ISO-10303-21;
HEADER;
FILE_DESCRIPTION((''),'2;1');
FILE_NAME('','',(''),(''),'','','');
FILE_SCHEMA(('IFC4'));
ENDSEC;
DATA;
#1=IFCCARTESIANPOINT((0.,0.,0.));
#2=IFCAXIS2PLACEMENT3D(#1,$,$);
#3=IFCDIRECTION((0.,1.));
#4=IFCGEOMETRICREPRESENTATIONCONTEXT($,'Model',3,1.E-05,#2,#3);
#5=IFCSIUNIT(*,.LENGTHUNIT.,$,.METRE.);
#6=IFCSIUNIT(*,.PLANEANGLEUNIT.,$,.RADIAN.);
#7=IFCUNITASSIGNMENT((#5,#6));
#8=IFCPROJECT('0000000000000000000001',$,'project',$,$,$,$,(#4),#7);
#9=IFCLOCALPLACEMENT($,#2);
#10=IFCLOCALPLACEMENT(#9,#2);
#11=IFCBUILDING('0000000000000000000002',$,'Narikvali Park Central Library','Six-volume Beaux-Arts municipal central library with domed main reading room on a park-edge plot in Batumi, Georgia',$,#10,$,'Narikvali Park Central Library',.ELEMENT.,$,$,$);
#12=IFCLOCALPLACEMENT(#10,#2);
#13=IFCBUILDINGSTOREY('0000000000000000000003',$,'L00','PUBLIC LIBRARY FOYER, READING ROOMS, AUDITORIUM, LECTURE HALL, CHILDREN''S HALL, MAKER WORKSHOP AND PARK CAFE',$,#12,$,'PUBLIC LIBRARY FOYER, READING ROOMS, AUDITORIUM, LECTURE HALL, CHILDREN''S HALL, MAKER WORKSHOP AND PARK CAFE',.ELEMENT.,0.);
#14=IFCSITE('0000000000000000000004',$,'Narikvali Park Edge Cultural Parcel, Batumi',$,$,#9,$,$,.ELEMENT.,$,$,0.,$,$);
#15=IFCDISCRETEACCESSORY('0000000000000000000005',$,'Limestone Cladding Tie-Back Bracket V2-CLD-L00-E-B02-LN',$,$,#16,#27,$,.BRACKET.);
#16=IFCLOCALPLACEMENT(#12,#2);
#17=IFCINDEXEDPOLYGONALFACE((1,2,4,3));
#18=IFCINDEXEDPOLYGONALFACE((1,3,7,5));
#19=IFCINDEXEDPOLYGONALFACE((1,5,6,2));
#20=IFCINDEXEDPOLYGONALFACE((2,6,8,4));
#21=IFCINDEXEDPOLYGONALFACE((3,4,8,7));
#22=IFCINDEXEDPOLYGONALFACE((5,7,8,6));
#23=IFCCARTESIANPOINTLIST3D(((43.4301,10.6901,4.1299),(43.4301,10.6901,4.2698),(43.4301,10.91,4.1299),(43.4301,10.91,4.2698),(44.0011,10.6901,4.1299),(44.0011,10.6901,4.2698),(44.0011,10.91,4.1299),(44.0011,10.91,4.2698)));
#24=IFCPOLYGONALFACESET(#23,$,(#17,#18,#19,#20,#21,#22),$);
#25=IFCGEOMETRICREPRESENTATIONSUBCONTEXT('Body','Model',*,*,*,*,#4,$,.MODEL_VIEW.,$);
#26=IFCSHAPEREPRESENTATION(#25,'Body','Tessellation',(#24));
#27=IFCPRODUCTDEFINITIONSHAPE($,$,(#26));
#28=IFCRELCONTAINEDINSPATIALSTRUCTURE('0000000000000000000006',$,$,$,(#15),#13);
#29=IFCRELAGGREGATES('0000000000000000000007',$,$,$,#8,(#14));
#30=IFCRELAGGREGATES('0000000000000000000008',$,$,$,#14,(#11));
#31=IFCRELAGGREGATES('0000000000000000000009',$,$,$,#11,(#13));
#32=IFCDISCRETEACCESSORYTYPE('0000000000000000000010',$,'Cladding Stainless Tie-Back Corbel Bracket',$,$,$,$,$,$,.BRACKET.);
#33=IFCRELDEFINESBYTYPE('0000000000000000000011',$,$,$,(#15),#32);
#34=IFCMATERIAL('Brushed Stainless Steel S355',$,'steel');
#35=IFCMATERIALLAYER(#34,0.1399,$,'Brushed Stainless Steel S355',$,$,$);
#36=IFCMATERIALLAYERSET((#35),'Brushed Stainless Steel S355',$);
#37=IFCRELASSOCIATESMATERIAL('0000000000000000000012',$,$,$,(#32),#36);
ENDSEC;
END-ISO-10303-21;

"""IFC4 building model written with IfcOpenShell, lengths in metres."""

from ifc_helpers import new_model, si_unit, direction, frame, origin, origin_2d, place, context, subcontext, project, spatial, rectangle, extrude, material, layer, layer_set, type_object, element, save


model = new_model("IFC4")

# Units and contexts
model_context = context("Model", 3, precision=1e-05, world=origin(), true_north=direction((0.0, 1.0)))
body_context = subcontext(model_context, "Body", "Model", "MODEL_VIEW")
ifc_project = project(units=[si_unit("LENGTHUNIT", "METRE"), si_unit("PLANEANGLEUNIT", "RADIAN")], contexts=[model_context])

# Site, building, storey
site_placement = place(None, origin())
site = spatial("IfcSite", under=ifc_project, at=site_placement, Name="Narikvali Park Edge Cultural Parcel, Batumi", CompositionType="ELEMENT", RefElevation=0.0)
building_placement = place(site_placement, origin())
building = spatial("IfcBuilding", under=site, at=building_placement, Name="Narikvali Park Central Library", Description="Six-volume Beaux-Arts municipal central library with domed main reading room on a park-edge plot in Batumi, Georgia", LongName="Narikvali Park Central Library", CompositionType="ELEMENT")
storey_placement = place(building_placement, origin())
storey = spatial("IfcBuildingStorey", under=building, at=storey_placement, Name="L00", Description="PUBLIC LIBRARY FOYER, READING ROOMS, AUDITORIUM, LECTURE HALL, CHILDREN'S HALL, MAKER WORKSHOP AND PARK CAFE", LongName="PUBLIC LIBRARY FOYER, READING ROOMS, AUDITORIUM, LECTURE HALL, CHILDREN'S HALL, MAKER WORKSHOP AND PARK CAFE", CompositionType="ELEMENT", Elevation=0.0)

# Shared definitions
ifc_material_1 = material(Name="Brushed Stainless Steel S355", Category="steel")

# Discrete accessory
ifc_layer_1 = layer(ifc_material_1, 0.1399, Name="Brushed Stainless Steel S355")
ifc_layer_set_1 = layer_set([ifc_layer_1], Name="Brushed Stainless Steel S355")
discrete_accessory_type = type_object("IfcDiscreteAccessoryType", Name="Cladding Stainless Tie-Back Corbel Bracket", PredefinedType="BRACKET", material=ifc_layer_set_1)
discrete_accessory_1_placement = place(storey_placement, frame((43.7156, 10.8, 4.1299), z_axis=(0.0, 0.0, 1.0), x_axis=(1.0, 0.0, 0.0)))
element("IfcDiscreteAccessory", 1, at=discrete_accessory_1_placement, inside=storey, type_object=discrete_accessory_type, Name="Limestone Cladding Tie-Back Bracket V2-CLD-L00-E-B02-LN", PredefinedType="BRACKET", context=body_context, shape_type="SweptSolid", body=[
    extrude(rectangle(XDim=0.571, YDim=0.22, at=origin_2d()), origin(), (0.0, 0.0, 1.0), 0.1399),
])

save(model, "model.ifc")
